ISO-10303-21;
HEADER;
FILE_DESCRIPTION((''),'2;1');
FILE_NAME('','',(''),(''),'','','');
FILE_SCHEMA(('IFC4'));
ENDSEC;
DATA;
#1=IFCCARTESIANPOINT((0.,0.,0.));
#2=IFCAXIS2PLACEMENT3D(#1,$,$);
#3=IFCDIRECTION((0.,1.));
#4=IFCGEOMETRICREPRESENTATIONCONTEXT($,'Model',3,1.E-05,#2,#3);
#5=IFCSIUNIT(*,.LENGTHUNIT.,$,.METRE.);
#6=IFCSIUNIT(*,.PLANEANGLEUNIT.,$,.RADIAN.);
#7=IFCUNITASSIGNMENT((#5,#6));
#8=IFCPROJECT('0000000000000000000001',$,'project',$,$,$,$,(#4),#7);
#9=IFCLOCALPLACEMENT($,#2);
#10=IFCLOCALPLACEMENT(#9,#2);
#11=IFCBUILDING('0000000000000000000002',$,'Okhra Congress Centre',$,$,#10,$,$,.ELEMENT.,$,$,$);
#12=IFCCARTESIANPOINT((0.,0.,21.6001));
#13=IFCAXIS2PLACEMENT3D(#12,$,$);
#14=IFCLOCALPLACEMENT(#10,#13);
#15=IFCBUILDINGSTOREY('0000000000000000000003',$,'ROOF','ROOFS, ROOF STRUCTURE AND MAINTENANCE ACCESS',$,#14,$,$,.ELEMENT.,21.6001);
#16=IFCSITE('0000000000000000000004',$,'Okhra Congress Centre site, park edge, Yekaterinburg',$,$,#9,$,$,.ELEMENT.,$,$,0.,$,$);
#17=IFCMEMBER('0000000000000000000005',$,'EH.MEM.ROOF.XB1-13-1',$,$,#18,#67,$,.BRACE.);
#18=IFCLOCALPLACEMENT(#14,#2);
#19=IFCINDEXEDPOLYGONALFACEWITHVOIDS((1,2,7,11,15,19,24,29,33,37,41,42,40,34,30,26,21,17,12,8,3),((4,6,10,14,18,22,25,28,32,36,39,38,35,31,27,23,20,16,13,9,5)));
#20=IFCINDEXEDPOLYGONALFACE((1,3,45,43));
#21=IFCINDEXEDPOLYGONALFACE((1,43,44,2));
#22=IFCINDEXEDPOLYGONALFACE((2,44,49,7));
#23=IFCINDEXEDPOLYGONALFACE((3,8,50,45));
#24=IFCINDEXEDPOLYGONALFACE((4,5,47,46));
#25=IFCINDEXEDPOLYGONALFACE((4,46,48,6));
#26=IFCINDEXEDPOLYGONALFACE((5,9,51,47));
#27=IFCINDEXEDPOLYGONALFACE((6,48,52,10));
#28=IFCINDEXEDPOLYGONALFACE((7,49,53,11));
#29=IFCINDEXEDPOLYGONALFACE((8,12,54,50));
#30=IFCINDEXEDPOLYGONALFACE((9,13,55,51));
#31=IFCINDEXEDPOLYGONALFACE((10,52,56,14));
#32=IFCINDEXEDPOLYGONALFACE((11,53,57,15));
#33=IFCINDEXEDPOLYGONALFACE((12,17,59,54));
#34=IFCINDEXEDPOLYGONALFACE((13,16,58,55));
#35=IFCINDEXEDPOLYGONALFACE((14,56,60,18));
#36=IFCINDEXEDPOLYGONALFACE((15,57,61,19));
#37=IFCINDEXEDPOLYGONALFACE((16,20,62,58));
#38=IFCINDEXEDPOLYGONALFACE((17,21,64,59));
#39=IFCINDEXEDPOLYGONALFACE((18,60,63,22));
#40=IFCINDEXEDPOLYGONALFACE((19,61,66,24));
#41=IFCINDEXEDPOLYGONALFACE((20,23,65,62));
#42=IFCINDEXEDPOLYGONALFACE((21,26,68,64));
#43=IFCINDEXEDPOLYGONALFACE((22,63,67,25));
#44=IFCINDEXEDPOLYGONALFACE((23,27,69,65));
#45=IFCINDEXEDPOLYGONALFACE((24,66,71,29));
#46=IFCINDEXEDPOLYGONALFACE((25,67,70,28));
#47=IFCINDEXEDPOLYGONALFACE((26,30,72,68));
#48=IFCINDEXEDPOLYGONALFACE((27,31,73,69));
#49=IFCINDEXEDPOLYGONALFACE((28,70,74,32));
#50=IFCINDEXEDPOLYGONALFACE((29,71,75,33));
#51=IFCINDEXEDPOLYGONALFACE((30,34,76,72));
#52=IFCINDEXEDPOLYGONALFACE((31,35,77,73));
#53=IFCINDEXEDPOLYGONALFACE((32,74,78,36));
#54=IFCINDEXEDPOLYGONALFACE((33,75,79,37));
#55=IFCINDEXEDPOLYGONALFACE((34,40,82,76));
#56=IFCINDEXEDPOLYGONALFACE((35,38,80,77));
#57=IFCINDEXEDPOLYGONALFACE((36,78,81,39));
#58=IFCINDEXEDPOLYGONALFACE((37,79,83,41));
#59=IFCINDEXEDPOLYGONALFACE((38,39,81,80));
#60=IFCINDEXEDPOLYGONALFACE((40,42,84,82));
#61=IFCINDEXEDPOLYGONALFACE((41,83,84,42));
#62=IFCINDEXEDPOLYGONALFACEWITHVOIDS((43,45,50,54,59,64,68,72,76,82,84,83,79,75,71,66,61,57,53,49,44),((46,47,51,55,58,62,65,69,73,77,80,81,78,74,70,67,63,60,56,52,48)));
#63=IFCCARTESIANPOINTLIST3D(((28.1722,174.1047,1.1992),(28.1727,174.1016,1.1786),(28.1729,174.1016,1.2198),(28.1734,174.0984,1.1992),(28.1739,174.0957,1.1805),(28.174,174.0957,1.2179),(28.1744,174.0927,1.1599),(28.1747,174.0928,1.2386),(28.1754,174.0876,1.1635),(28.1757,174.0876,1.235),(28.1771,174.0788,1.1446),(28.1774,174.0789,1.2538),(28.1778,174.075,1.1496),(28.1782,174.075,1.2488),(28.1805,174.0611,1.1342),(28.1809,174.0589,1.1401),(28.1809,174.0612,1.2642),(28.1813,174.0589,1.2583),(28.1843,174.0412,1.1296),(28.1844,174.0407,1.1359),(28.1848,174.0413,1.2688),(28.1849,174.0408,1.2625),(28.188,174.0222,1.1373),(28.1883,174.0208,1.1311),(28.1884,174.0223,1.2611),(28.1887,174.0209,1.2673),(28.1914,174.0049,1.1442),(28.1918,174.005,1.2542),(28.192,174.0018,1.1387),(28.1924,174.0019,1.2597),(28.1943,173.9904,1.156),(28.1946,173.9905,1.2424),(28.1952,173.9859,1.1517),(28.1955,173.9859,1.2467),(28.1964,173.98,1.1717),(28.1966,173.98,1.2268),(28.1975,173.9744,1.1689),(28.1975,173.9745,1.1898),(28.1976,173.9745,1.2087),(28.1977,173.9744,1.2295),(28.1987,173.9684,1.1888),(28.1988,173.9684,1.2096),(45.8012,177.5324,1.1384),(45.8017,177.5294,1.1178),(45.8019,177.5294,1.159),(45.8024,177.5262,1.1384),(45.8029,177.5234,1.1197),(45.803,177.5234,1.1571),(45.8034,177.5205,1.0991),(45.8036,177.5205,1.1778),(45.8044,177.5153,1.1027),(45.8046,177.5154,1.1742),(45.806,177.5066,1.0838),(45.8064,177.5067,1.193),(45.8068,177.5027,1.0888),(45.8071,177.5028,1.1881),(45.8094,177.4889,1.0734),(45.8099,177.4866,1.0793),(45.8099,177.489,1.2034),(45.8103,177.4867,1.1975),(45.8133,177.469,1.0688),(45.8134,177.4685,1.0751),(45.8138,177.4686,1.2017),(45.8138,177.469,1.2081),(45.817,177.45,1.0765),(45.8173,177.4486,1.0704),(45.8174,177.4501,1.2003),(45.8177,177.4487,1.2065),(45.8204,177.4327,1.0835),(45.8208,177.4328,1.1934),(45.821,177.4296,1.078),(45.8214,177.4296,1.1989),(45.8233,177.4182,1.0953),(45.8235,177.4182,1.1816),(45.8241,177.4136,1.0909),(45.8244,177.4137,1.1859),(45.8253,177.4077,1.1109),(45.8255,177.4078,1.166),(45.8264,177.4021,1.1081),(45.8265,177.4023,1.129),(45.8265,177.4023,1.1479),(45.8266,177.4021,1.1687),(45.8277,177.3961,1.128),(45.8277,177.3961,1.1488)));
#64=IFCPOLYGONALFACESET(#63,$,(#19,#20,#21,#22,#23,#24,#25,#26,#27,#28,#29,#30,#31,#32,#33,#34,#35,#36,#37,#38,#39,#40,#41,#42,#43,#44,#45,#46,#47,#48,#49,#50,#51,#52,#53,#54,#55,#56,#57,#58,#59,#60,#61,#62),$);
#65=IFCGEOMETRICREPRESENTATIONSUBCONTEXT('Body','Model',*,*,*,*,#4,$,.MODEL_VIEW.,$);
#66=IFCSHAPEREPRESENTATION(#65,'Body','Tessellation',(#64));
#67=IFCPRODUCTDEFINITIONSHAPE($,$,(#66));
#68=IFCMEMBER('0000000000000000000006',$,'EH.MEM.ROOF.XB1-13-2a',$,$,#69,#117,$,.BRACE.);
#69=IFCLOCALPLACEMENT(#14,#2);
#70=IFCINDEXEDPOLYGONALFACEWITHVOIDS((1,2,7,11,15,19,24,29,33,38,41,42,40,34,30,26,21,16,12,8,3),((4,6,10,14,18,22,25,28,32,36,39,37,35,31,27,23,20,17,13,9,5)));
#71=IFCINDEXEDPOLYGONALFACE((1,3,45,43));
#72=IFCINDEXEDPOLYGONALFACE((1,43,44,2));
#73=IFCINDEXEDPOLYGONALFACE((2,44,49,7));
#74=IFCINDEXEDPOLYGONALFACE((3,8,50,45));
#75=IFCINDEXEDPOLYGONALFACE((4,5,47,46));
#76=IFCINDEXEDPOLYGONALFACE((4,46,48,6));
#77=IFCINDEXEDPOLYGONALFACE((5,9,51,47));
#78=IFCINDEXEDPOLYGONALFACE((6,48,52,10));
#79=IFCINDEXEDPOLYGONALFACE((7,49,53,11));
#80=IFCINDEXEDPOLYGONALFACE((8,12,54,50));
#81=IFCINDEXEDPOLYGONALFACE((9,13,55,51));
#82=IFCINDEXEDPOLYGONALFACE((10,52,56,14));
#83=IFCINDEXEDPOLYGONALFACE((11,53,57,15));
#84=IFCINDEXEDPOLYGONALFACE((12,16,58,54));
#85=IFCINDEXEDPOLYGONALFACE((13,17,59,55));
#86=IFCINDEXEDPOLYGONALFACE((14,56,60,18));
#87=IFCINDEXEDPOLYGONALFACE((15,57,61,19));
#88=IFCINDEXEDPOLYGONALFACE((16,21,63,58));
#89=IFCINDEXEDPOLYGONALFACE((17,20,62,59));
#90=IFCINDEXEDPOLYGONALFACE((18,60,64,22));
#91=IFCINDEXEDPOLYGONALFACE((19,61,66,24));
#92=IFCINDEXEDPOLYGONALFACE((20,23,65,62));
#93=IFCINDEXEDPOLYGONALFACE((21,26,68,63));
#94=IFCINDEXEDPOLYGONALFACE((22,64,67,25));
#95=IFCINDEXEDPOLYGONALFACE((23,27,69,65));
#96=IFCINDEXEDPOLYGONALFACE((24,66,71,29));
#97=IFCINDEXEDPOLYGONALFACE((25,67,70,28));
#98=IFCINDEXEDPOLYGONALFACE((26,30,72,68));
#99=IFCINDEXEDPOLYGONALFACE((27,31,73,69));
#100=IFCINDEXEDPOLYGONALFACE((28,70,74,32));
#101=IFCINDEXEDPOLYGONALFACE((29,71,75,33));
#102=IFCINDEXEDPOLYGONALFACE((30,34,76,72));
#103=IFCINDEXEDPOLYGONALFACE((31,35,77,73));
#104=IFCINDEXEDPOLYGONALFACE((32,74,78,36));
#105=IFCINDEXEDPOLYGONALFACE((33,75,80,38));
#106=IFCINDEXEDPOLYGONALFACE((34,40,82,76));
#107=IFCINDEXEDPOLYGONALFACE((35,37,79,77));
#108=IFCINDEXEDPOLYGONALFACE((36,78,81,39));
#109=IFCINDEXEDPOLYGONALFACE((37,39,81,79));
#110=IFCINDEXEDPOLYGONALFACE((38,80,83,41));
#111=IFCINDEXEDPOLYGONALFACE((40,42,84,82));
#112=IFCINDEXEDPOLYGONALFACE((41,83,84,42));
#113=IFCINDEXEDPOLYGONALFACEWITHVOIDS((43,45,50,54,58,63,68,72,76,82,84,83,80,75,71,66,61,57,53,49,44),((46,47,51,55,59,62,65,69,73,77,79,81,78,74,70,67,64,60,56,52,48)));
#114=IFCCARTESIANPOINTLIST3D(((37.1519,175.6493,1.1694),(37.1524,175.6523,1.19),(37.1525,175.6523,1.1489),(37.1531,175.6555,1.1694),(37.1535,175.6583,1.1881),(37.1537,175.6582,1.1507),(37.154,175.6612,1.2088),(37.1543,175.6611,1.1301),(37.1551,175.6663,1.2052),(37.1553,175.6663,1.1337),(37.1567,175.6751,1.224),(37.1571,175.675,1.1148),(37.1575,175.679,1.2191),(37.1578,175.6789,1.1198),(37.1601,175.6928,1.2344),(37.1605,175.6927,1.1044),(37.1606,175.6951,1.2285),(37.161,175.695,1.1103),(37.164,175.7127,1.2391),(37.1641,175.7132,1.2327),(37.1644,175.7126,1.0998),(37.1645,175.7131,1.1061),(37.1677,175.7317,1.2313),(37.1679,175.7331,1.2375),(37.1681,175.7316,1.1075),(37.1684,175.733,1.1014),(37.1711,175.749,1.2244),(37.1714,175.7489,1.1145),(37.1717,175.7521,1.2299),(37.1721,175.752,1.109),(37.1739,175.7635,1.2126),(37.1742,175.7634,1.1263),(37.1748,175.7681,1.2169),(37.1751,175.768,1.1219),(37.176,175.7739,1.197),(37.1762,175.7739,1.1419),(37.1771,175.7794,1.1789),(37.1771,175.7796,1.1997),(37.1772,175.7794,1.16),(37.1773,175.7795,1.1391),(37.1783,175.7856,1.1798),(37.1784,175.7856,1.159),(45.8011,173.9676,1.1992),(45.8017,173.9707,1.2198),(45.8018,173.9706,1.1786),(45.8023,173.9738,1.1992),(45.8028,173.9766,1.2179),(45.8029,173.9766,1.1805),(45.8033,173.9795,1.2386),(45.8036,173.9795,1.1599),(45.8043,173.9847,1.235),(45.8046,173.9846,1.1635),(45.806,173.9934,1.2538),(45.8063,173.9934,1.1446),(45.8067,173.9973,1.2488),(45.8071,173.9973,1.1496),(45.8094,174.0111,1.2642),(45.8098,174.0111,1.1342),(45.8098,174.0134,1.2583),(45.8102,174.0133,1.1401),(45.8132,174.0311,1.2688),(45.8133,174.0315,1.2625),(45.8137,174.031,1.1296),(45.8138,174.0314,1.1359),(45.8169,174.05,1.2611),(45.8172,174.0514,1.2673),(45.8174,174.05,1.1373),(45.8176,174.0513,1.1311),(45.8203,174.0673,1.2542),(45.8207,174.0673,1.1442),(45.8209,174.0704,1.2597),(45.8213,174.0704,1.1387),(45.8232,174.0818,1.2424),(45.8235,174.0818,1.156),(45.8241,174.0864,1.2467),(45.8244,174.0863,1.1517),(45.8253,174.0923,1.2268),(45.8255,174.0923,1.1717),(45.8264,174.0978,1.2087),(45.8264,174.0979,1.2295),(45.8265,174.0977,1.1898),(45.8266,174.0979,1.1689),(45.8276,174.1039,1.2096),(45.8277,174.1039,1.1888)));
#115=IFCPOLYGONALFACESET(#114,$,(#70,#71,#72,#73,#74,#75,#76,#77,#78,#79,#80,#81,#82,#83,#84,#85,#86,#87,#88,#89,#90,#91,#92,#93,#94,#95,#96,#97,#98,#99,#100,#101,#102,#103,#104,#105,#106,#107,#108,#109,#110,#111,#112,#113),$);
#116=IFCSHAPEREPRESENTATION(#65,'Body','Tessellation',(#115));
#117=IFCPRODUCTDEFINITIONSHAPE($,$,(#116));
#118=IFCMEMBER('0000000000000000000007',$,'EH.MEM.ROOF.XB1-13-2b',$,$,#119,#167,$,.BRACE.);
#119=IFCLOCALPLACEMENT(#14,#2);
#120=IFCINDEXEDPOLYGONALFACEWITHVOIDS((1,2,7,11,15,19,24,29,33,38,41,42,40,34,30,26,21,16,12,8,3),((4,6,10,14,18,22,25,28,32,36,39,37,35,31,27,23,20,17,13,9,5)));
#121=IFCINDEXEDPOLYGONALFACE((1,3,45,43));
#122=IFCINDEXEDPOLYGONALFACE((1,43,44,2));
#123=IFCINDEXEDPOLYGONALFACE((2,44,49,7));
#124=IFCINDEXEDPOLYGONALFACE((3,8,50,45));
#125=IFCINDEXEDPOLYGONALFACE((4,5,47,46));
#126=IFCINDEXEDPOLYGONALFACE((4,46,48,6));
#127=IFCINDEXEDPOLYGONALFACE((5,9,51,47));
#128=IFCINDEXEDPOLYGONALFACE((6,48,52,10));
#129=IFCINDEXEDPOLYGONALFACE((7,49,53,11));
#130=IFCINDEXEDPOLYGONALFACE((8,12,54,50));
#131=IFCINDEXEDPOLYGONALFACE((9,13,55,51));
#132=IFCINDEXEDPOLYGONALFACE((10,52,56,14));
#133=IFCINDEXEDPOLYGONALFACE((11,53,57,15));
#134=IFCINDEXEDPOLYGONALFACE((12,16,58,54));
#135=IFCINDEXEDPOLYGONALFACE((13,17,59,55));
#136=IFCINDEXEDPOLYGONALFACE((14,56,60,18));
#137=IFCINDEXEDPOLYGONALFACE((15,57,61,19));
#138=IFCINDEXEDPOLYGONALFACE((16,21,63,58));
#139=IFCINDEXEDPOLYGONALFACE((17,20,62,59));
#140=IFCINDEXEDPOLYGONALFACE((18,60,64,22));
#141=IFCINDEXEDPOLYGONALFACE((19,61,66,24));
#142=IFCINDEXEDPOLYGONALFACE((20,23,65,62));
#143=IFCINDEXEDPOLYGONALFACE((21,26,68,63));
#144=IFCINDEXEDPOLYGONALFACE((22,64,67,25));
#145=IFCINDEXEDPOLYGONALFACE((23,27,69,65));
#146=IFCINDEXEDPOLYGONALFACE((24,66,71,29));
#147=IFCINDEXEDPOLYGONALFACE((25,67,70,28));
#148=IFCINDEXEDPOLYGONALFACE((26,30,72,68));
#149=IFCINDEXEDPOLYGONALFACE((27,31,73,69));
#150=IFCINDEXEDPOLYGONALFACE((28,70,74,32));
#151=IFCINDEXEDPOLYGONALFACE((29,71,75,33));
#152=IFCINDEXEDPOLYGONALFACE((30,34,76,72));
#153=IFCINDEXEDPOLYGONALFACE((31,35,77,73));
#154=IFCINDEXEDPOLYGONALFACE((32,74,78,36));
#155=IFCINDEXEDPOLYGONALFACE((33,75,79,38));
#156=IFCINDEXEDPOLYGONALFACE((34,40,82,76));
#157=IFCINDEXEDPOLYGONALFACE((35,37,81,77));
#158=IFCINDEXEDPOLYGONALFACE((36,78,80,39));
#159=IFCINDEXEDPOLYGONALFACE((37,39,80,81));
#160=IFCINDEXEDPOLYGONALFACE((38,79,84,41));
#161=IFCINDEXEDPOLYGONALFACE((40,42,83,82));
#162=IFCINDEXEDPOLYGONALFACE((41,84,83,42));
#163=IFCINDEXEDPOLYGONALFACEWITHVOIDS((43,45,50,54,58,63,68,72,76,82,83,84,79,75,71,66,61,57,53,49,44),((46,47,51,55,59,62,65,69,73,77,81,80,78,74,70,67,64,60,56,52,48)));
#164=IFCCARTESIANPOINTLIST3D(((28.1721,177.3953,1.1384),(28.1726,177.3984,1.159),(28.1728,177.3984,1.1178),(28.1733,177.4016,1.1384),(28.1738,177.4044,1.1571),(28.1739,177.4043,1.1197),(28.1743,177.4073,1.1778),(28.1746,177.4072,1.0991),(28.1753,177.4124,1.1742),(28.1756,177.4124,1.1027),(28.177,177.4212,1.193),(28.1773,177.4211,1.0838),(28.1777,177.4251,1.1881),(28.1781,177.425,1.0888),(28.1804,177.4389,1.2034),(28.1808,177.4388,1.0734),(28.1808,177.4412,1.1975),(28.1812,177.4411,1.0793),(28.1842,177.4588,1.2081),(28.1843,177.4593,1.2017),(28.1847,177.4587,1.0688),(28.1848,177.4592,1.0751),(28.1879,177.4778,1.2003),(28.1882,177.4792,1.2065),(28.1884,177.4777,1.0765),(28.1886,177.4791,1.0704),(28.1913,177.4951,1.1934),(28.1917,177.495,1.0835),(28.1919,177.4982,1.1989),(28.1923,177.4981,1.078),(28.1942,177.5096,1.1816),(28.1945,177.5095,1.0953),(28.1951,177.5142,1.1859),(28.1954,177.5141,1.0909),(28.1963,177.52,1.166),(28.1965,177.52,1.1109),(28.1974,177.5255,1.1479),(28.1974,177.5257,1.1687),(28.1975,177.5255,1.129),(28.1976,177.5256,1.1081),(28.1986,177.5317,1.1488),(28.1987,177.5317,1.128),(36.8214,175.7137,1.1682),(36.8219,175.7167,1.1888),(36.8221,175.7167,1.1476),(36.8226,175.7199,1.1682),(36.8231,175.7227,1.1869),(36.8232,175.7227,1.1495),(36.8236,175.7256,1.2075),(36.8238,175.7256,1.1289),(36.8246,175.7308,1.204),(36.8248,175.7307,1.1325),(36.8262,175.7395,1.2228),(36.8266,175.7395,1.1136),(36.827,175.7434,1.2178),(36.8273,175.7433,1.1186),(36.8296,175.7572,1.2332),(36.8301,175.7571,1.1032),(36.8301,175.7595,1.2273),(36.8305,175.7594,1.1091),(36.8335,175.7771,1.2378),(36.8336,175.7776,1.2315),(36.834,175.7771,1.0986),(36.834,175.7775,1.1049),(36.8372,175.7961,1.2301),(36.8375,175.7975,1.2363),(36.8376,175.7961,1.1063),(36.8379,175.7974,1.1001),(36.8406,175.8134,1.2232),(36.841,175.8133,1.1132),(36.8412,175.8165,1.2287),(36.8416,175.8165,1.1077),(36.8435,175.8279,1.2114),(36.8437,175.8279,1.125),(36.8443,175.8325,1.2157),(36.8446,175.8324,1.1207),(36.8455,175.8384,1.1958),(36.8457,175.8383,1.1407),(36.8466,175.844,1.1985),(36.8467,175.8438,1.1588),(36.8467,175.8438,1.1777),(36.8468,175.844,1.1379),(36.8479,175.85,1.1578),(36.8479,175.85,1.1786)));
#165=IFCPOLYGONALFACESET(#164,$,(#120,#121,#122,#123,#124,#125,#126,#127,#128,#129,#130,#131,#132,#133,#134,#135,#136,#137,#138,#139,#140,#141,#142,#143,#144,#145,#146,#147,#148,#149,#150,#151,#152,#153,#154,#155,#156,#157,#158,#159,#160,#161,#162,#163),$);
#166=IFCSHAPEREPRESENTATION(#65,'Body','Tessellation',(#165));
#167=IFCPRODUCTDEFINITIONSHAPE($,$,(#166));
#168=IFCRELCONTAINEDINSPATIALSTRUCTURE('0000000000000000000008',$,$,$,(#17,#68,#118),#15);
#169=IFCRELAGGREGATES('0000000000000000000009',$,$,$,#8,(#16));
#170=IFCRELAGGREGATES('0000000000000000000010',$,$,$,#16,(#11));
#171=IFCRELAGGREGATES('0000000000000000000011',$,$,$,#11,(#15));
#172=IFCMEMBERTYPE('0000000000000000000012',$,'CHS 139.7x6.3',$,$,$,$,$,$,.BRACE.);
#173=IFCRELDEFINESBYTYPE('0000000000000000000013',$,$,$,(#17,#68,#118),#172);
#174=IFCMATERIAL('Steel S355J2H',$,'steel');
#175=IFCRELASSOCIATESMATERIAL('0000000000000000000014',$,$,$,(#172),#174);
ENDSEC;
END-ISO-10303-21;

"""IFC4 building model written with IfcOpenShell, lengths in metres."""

from ifc_helpers import new_model, si_unit, direction, frame, origin, origin_2d, place, context, subcontext, project, spatial, hollow_circle, extrude, material, material_profile, profile_set, type_object, element, save


model = new_model("IFC4")

# Units and contexts
model_context = context("Model", 3, precision=1e-05, world=origin(), true_north=direction((0.0, 1.0)))
body_context = subcontext(model_context, "Body", "Model", "MODEL_VIEW")
ifc_project = project(units=[si_unit("LENGTHUNIT", "METRE"), si_unit("PLANEANGLEUNIT", "RADIAN")], contexts=[model_context])

# Site, building, storey
site_placement = place(None, origin())
site = spatial("IfcSite", under=ifc_project, at=site_placement, Name="Okhra Congress Centre site, park edge, Yekaterinburg", CompositionType="ELEMENT", RefElevation=0.0)
building_placement = place(site_placement, origin())
building = spatial("IfcBuilding", under=site, at=building_placement, Name="Okhra Congress Centre", CompositionType="ELEMENT")
storey_placement = place(building_placement, frame((0.0, 0.0, 21.6001)))
storey = spatial("IfcBuildingStorey", under=building, at=storey_placement, Name="ROOF", Description="ROOFS, ROOF STRUCTURE AND MAINTENANCE ACCESS", CompositionType="ELEMENT", Elevation=21.6001)

# Members
ifc_material_1 = material(Name="Steel S355J2H", Category="steel")
ifc_material_profile_1 = material_profile(ifc_material_1, hollow_circle(Radius=0.0698, WallThickness=0.0063, at=origin_2d()), Name="CHS 139.7x6.3")
ifc_profile_set_1 = profile_set([ifc_material_profile_1], Name="Steel S355J2H")
member_type_1 = type_object("IfcMemberType", Name="CHS 139.7x6.3", PredefinedType="BRACE", material=ifc_profile_set_1)
member_1_placement = place(storey_placement, frame((28.1855, 174.0361, 1.1992), z_axis=(0.981611, 0.190863, -0.003385), x_axis=(-0.190864, 0.981617, 0.0)))
element("IfcMember", 1, at=member_1_placement, inside=storey, type_object=member_type_1, Name="EH.MEM.ROOF.XB1-13-1", PredefinedType="BRACE", context=body_context, shape_type="SweptSolid", body=[
    extrude(hollow_circle(Radius=0.0698, WallThickness=0.0063, at=origin_2d()), origin(), (0.0, 0.0, 1.0), 17.9592),
])
for number, where, z_axis, x_axis, name in (
    (2, (45.8145, 174.0361, 1.1992), (-0.981613, 0.190853, -0.00338), (-0.190854, -0.981618, 0.0), "EH.MEM.ROOF.XB1-13-2a"),
    (3, (36.8347, 175.7822, 1.1682), (-0.981613, 0.190853, -0.00338), (-0.190854, -0.981618, 0.0), "EH.MEM.ROOF.XB1-13-2b"),
):
    element("IfcMember", number, at=place(storey_placement, frame(where, z_axis=z_axis, x_axis=x_axis)), inside=storey, type_object=member_type_1, Name=name, PredefinedType="BRACE", context=body_context, shape_type="SweptSolid", body=[
        extrude(hollow_circle(Radius=0.0698, WallThickness=0.0063, at=origin_2d()), origin(), (0.0, 0.0, 1.0), 8.8113),
    ])

save(model, "model.ifc")
